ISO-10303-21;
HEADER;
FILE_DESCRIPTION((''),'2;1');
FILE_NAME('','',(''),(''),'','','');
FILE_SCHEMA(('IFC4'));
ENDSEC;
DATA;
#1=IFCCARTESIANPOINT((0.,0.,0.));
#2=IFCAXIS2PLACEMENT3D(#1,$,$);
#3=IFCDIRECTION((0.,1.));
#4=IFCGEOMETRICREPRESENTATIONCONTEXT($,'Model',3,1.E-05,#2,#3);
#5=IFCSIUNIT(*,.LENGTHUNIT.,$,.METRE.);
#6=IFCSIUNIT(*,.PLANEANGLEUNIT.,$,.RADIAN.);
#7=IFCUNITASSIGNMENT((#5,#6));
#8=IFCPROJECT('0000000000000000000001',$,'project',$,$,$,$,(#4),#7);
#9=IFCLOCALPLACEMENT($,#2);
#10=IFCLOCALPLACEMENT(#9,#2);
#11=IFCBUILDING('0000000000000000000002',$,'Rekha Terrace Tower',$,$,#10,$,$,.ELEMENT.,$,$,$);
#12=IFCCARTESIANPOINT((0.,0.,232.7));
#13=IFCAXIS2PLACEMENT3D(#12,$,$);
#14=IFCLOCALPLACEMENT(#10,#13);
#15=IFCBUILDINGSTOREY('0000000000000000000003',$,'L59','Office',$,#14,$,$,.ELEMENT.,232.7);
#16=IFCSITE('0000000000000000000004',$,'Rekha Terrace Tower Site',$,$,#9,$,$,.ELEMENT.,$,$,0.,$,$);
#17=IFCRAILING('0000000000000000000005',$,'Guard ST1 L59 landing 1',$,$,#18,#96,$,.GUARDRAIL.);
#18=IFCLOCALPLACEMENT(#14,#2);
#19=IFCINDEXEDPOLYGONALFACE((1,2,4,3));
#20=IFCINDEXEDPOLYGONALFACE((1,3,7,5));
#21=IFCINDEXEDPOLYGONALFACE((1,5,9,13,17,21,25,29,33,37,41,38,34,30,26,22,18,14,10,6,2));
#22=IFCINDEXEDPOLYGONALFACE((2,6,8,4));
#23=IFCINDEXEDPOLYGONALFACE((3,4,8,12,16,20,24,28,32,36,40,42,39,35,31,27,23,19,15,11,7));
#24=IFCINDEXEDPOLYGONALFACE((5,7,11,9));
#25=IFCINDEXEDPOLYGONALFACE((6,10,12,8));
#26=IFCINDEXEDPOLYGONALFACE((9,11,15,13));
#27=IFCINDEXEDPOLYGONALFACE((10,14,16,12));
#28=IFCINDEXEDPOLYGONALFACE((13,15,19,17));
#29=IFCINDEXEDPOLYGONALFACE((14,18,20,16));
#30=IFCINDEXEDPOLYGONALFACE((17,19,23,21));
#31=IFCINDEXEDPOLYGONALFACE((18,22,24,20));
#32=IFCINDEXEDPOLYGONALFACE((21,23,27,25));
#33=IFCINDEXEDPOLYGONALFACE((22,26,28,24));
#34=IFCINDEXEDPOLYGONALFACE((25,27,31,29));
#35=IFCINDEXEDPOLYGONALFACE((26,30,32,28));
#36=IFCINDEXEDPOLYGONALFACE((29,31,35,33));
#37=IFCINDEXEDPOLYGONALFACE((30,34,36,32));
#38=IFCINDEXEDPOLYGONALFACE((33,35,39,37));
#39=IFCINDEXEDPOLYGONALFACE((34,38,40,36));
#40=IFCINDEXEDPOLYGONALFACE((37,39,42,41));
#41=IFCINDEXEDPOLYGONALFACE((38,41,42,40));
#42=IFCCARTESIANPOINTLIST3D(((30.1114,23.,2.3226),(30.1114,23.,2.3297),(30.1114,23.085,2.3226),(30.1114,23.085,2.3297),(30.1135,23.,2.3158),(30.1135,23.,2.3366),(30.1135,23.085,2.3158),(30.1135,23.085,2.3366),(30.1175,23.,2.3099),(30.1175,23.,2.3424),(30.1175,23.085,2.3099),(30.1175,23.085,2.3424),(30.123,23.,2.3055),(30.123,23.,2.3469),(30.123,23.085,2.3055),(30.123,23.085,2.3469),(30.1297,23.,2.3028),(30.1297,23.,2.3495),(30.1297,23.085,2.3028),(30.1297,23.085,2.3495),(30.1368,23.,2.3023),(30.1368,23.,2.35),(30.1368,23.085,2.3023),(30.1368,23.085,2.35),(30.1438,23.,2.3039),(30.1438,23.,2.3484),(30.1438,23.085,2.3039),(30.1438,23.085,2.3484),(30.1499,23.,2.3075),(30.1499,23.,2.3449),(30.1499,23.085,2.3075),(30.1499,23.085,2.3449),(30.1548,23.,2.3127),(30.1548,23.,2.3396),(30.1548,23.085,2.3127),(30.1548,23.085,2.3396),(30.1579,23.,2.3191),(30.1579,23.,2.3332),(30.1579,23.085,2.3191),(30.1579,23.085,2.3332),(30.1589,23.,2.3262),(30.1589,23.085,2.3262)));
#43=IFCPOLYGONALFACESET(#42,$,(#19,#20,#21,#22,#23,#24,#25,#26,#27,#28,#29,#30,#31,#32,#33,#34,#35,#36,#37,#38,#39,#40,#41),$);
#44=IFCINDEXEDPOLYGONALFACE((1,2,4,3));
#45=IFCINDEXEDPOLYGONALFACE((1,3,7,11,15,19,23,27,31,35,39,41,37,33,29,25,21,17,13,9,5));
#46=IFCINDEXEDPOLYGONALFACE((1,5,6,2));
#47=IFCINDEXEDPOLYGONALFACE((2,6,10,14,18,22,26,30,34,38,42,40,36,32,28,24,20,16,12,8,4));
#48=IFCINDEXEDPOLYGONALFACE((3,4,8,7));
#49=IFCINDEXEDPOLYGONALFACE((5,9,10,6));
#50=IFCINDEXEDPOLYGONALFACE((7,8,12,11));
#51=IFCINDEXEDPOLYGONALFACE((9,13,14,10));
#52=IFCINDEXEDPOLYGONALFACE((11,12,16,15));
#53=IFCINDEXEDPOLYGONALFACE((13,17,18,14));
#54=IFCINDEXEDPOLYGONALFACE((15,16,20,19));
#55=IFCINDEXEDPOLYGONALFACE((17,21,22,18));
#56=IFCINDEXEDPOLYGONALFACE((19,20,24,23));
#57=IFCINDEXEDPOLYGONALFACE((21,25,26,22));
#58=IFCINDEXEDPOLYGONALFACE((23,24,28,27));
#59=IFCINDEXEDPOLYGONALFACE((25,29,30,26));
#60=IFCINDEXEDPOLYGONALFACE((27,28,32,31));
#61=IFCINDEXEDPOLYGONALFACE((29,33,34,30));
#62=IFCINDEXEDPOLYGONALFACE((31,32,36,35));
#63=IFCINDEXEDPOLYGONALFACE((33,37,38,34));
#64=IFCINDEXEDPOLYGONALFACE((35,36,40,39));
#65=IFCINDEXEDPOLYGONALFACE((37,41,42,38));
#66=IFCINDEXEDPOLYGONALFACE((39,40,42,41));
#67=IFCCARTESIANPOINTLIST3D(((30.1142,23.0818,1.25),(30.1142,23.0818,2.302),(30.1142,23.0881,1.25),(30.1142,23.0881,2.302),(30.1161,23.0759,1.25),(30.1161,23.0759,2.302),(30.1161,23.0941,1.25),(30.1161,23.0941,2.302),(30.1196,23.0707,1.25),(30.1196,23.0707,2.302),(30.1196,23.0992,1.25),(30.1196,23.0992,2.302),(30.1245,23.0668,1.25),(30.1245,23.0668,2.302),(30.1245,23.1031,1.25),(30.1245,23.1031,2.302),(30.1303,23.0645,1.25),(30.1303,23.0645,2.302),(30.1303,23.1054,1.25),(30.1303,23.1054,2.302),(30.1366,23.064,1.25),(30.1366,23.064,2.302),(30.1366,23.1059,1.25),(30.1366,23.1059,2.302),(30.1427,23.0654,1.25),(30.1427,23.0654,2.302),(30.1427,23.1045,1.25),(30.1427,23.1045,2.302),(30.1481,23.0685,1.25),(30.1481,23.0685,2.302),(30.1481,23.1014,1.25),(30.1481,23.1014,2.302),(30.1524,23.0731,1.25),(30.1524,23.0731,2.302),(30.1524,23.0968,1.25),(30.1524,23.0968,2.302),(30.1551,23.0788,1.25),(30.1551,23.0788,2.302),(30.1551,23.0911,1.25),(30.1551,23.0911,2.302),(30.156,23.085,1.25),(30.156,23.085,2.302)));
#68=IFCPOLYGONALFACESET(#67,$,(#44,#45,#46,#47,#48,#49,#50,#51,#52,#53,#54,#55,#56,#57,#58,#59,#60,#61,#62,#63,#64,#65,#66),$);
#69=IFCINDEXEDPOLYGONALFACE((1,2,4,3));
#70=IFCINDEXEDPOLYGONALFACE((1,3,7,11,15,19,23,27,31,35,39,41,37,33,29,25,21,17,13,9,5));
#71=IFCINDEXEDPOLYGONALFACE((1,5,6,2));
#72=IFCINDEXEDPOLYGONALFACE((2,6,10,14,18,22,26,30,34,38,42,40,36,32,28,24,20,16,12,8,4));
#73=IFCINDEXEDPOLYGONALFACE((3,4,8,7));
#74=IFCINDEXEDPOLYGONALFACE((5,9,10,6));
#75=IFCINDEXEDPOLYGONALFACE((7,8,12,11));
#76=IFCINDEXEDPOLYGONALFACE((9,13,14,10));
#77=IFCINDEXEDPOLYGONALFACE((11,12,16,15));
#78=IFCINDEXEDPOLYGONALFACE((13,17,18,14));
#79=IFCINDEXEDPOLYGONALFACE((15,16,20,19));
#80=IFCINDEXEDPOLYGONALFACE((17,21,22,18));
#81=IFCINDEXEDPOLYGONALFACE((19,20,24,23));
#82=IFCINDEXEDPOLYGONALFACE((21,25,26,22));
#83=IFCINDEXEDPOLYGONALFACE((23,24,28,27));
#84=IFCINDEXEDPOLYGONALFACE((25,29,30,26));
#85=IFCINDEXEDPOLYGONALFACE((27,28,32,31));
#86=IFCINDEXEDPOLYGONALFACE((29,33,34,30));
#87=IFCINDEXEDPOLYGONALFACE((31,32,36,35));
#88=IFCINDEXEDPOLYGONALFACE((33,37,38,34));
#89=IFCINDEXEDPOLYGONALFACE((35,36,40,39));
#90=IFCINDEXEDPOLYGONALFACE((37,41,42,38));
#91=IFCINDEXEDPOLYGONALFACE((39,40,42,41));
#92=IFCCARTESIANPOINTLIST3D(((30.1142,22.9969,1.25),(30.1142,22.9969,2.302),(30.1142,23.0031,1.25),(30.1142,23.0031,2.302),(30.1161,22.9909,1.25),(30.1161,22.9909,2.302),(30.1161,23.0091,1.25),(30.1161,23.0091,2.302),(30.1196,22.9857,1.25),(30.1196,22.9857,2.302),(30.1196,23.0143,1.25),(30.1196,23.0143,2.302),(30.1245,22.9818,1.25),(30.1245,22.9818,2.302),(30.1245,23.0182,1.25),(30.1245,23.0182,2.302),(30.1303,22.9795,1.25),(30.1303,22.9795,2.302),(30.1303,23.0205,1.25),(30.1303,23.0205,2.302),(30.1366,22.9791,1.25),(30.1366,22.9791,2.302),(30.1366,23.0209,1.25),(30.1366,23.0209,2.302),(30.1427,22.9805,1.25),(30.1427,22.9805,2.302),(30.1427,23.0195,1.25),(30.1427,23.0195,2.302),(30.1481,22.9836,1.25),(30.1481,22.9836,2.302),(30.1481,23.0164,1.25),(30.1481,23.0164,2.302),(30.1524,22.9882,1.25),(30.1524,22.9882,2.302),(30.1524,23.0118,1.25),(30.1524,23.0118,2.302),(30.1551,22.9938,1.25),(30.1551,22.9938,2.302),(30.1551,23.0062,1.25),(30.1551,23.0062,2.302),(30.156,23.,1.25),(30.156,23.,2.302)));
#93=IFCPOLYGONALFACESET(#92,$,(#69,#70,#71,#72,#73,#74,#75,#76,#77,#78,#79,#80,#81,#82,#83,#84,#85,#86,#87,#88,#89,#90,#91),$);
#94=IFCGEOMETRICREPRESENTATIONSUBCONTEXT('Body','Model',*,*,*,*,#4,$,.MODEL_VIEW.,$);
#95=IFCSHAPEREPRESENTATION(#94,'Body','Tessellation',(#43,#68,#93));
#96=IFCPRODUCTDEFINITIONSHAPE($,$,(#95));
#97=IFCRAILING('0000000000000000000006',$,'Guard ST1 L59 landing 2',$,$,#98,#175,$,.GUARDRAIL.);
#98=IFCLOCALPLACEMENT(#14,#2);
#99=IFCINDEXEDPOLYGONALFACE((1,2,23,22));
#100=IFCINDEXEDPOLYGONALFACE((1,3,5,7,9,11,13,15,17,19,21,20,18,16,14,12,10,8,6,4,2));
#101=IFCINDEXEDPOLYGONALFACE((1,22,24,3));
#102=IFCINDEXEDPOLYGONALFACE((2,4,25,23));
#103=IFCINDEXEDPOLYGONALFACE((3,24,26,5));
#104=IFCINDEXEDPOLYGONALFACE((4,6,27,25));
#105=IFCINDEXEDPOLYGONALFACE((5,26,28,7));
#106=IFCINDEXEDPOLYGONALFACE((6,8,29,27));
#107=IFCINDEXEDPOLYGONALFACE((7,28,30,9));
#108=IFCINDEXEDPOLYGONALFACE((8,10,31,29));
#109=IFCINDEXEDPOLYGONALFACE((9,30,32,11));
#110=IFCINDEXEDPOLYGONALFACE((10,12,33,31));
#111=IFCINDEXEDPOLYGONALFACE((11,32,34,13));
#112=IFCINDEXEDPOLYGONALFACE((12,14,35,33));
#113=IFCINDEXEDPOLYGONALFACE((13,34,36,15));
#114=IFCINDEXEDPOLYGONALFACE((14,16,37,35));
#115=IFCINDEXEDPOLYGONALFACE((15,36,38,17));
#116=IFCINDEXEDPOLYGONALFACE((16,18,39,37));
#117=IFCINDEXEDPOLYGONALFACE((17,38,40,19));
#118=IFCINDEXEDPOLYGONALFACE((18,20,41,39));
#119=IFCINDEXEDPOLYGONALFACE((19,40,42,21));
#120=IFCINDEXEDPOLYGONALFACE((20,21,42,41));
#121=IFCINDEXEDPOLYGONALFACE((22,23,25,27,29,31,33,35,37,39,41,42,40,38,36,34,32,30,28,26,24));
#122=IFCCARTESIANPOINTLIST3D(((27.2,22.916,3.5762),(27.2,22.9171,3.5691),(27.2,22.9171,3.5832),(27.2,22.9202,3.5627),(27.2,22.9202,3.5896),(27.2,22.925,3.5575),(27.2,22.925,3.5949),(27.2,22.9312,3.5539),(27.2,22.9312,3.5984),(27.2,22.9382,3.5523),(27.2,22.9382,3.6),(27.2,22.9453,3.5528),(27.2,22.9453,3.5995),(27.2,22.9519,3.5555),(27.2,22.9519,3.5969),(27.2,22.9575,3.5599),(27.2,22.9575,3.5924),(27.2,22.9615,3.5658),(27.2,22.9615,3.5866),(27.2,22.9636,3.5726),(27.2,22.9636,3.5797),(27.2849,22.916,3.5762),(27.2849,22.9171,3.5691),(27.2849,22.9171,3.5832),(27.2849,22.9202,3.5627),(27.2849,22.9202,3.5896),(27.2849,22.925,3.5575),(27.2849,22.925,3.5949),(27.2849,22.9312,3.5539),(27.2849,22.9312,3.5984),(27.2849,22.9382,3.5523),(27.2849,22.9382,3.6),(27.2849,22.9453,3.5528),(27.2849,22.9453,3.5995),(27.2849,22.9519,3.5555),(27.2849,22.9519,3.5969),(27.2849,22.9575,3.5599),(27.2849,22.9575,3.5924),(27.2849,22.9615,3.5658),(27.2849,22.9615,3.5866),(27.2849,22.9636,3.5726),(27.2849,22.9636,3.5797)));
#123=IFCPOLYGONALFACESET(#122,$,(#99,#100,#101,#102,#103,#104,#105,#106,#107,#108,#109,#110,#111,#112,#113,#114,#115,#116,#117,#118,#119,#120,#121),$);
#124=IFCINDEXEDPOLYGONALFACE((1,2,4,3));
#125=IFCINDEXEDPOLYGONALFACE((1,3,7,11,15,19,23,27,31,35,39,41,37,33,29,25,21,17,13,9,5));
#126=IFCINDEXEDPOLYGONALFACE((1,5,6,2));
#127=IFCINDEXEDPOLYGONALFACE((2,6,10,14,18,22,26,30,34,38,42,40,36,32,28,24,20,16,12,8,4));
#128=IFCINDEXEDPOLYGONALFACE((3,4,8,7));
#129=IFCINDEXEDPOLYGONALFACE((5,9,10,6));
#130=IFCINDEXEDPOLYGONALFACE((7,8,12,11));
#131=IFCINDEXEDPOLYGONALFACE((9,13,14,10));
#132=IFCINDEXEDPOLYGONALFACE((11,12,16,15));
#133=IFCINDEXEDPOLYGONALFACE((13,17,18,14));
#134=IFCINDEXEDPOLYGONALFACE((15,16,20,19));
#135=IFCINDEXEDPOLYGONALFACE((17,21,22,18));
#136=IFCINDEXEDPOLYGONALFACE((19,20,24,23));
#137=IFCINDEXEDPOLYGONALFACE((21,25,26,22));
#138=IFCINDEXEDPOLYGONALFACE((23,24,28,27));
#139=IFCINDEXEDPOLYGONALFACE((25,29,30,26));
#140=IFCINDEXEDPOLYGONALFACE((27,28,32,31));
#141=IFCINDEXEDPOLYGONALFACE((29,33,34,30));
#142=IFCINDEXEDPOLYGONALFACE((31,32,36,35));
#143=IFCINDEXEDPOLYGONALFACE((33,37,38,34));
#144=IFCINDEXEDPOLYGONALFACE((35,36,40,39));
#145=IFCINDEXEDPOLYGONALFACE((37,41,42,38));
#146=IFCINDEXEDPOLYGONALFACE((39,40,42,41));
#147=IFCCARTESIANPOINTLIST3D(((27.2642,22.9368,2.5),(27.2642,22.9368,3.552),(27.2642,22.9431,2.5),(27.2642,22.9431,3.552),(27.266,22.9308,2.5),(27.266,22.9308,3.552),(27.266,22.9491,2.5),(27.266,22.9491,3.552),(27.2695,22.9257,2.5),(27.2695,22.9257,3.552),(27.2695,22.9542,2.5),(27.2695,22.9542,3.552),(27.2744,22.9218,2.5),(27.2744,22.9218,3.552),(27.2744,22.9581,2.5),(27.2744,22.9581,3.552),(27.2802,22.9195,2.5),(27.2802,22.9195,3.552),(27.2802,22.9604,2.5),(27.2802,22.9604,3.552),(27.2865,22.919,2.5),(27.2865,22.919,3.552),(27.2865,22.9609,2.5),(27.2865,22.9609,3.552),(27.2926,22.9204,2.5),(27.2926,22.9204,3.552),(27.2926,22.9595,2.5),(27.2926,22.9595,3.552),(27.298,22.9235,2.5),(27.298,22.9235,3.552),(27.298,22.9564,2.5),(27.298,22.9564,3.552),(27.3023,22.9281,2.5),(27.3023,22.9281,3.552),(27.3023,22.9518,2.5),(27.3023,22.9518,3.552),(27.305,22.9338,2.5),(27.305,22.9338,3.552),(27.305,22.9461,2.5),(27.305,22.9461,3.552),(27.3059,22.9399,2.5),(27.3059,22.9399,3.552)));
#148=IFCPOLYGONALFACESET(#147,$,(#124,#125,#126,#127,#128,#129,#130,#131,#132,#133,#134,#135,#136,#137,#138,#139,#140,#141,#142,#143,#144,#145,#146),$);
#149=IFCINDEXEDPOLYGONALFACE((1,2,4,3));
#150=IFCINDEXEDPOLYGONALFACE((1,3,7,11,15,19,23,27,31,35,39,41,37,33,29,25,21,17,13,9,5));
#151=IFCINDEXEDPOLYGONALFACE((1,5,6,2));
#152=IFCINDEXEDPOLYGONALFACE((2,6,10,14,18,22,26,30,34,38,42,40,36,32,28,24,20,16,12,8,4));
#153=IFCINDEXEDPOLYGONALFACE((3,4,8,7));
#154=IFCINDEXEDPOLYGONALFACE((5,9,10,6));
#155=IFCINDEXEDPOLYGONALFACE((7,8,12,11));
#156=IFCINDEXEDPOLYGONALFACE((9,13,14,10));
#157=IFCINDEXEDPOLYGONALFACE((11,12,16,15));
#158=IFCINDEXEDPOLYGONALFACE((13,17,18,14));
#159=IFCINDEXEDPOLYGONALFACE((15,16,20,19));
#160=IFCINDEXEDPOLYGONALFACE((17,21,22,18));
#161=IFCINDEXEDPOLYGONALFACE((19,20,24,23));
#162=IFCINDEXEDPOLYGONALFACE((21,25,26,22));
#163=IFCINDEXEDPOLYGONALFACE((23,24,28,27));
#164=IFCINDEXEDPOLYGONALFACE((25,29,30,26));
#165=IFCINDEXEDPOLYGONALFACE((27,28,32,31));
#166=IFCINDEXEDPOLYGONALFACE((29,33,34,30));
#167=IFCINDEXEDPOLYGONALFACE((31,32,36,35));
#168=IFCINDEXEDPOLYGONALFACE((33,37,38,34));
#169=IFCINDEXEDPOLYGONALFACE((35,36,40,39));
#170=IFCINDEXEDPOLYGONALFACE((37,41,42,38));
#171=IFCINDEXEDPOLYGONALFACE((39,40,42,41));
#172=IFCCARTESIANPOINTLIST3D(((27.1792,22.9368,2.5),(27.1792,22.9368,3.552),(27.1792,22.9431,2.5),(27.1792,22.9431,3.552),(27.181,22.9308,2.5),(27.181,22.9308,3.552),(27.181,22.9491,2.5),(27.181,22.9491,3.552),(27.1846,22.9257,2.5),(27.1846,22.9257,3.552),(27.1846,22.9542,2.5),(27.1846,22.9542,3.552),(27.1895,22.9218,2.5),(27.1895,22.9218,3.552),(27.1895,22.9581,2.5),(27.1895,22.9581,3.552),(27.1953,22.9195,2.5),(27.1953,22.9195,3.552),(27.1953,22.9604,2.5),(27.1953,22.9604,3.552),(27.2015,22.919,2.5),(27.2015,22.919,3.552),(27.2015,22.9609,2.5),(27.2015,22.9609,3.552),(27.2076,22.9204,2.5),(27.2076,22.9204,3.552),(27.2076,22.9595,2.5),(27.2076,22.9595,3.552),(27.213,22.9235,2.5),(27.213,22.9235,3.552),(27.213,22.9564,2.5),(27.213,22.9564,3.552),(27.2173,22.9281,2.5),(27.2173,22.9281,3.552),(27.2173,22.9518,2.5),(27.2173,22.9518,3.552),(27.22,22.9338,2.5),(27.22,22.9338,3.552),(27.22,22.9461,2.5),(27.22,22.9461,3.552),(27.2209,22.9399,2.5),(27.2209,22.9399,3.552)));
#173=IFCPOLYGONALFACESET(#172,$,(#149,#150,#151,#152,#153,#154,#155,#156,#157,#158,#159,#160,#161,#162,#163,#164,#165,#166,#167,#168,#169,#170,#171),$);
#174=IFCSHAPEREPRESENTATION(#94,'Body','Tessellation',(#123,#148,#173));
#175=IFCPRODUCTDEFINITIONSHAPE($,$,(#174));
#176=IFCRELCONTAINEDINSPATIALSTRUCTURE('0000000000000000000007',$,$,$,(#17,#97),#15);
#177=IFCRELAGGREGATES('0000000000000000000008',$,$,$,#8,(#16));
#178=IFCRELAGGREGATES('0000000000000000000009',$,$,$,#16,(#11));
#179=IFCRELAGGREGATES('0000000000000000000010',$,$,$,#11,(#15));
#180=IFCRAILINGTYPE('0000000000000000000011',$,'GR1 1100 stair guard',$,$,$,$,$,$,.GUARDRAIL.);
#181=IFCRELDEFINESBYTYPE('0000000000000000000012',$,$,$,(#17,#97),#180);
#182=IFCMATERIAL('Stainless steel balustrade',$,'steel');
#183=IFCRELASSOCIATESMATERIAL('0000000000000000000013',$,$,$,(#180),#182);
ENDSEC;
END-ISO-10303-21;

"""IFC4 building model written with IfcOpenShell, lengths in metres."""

from ifc_helpers import new_model, si_unit, direction, frame, origin, origin_2d, place, context, subcontext, project, spatial, circle, extrude, material, type_object, element, save


model = new_model("IFC4")

# Units and contexts
model_context = context("Model", 3, precision=1e-05, world=origin(), true_north=direction((0.0, 1.0)))
body_context = subcontext(model_context, "Body", "Model", "MODEL_VIEW")
ifc_project = project(units=[si_unit("LENGTHUNIT", "METRE"), si_unit("PLANEANGLEUNIT", "RADIAN")], contexts=[model_context])

# Site, building, storey
site_placement = place(None, origin())
site = spatial("IfcSite", under=ifc_project, at=site_placement, Name="Rekha Terrace Tower Site", CompositionType="ELEMENT", RefElevation=0.0)
building_placement = place(site_placement, origin())
building = spatial("IfcBuilding", under=site, at=building_placement, Name="Rekha Terrace Tower", CompositionType="ELEMENT")
storey_placement = place(building_placement, frame((0.0, 0.0, 232.7)))
storey = spatial("IfcBuildingStorey", under=building, at=storey_placement, Name="L59", Description="Office", CompositionType="ELEMENT", Elevation=232.7)

# Railings
ifc_material_1 = material(Name="Stainless steel balustrade", Category="steel")
railing_type_1 = type_object("IfcRailingType", Name="GR1 1100 stair guard", PredefinedType="GUARDRAIL", material=ifc_material_1)
railing_1_placement = place(storey_placement, frame((30.135, 23.085, 1.25)))
element("IfcRailing", 1, at=railing_1_placement, inside=storey, type_object=railing_type_1, Name="Guard ST1 L59 landing 1", PredefinedType="GUARDRAIL", context=body_context, shape_type="SweptSolid", body=[
    extrude(circle(Radius=0.0239, at=origin_2d()), frame((0.0, 0.0, 1.0762), z_axis=(0.0, -1.0, 0.0), x_axis=(1.0, 0.0, 0.0)), (0.0, 0.0, 1.0), 0.085),
    extrude(circle(Radius=0.021, at=origin_2d()), origin(), (0.0, 0.0, 1.0), 1.052),
    extrude(circle(Radius=0.021, at=origin_2d()), frame((0.0, -0.085, 0.0)), (0.0, 0.0, 1.0), 1.052),
])
railing_2_placement = place(storey_placement, frame((27.2849, 22.9399, 2.5)))
element("IfcRailing", 2, at=railing_2_placement, inside=storey, type_object=railing_type_1, Name="Guard ST1 L59 landing 2", PredefinedType="GUARDRAIL", context=body_context, shape_type="SweptSolid", body=[
    extrude(circle(Radius=0.0239, at=origin_2d()), frame((0.0, 0.0, 1.0762), z_axis=(-1.0, 0.0, 0.0), x_axis=(0.0, -1.0, 0.0)), (0.0, 0.0, 1.0), 0.085),
    extrude(circle(Radius=0.021, at=origin_2d()), origin(), (0.0, 0.0, 1.0), 1.052),
    extrude(circle(Radius=0.021, at=origin_2d()), frame((-0.085, 0.0, 0.0)), (0.0, 0.0, 1.0), 1.052),
])

save(model, "model.ifc")
